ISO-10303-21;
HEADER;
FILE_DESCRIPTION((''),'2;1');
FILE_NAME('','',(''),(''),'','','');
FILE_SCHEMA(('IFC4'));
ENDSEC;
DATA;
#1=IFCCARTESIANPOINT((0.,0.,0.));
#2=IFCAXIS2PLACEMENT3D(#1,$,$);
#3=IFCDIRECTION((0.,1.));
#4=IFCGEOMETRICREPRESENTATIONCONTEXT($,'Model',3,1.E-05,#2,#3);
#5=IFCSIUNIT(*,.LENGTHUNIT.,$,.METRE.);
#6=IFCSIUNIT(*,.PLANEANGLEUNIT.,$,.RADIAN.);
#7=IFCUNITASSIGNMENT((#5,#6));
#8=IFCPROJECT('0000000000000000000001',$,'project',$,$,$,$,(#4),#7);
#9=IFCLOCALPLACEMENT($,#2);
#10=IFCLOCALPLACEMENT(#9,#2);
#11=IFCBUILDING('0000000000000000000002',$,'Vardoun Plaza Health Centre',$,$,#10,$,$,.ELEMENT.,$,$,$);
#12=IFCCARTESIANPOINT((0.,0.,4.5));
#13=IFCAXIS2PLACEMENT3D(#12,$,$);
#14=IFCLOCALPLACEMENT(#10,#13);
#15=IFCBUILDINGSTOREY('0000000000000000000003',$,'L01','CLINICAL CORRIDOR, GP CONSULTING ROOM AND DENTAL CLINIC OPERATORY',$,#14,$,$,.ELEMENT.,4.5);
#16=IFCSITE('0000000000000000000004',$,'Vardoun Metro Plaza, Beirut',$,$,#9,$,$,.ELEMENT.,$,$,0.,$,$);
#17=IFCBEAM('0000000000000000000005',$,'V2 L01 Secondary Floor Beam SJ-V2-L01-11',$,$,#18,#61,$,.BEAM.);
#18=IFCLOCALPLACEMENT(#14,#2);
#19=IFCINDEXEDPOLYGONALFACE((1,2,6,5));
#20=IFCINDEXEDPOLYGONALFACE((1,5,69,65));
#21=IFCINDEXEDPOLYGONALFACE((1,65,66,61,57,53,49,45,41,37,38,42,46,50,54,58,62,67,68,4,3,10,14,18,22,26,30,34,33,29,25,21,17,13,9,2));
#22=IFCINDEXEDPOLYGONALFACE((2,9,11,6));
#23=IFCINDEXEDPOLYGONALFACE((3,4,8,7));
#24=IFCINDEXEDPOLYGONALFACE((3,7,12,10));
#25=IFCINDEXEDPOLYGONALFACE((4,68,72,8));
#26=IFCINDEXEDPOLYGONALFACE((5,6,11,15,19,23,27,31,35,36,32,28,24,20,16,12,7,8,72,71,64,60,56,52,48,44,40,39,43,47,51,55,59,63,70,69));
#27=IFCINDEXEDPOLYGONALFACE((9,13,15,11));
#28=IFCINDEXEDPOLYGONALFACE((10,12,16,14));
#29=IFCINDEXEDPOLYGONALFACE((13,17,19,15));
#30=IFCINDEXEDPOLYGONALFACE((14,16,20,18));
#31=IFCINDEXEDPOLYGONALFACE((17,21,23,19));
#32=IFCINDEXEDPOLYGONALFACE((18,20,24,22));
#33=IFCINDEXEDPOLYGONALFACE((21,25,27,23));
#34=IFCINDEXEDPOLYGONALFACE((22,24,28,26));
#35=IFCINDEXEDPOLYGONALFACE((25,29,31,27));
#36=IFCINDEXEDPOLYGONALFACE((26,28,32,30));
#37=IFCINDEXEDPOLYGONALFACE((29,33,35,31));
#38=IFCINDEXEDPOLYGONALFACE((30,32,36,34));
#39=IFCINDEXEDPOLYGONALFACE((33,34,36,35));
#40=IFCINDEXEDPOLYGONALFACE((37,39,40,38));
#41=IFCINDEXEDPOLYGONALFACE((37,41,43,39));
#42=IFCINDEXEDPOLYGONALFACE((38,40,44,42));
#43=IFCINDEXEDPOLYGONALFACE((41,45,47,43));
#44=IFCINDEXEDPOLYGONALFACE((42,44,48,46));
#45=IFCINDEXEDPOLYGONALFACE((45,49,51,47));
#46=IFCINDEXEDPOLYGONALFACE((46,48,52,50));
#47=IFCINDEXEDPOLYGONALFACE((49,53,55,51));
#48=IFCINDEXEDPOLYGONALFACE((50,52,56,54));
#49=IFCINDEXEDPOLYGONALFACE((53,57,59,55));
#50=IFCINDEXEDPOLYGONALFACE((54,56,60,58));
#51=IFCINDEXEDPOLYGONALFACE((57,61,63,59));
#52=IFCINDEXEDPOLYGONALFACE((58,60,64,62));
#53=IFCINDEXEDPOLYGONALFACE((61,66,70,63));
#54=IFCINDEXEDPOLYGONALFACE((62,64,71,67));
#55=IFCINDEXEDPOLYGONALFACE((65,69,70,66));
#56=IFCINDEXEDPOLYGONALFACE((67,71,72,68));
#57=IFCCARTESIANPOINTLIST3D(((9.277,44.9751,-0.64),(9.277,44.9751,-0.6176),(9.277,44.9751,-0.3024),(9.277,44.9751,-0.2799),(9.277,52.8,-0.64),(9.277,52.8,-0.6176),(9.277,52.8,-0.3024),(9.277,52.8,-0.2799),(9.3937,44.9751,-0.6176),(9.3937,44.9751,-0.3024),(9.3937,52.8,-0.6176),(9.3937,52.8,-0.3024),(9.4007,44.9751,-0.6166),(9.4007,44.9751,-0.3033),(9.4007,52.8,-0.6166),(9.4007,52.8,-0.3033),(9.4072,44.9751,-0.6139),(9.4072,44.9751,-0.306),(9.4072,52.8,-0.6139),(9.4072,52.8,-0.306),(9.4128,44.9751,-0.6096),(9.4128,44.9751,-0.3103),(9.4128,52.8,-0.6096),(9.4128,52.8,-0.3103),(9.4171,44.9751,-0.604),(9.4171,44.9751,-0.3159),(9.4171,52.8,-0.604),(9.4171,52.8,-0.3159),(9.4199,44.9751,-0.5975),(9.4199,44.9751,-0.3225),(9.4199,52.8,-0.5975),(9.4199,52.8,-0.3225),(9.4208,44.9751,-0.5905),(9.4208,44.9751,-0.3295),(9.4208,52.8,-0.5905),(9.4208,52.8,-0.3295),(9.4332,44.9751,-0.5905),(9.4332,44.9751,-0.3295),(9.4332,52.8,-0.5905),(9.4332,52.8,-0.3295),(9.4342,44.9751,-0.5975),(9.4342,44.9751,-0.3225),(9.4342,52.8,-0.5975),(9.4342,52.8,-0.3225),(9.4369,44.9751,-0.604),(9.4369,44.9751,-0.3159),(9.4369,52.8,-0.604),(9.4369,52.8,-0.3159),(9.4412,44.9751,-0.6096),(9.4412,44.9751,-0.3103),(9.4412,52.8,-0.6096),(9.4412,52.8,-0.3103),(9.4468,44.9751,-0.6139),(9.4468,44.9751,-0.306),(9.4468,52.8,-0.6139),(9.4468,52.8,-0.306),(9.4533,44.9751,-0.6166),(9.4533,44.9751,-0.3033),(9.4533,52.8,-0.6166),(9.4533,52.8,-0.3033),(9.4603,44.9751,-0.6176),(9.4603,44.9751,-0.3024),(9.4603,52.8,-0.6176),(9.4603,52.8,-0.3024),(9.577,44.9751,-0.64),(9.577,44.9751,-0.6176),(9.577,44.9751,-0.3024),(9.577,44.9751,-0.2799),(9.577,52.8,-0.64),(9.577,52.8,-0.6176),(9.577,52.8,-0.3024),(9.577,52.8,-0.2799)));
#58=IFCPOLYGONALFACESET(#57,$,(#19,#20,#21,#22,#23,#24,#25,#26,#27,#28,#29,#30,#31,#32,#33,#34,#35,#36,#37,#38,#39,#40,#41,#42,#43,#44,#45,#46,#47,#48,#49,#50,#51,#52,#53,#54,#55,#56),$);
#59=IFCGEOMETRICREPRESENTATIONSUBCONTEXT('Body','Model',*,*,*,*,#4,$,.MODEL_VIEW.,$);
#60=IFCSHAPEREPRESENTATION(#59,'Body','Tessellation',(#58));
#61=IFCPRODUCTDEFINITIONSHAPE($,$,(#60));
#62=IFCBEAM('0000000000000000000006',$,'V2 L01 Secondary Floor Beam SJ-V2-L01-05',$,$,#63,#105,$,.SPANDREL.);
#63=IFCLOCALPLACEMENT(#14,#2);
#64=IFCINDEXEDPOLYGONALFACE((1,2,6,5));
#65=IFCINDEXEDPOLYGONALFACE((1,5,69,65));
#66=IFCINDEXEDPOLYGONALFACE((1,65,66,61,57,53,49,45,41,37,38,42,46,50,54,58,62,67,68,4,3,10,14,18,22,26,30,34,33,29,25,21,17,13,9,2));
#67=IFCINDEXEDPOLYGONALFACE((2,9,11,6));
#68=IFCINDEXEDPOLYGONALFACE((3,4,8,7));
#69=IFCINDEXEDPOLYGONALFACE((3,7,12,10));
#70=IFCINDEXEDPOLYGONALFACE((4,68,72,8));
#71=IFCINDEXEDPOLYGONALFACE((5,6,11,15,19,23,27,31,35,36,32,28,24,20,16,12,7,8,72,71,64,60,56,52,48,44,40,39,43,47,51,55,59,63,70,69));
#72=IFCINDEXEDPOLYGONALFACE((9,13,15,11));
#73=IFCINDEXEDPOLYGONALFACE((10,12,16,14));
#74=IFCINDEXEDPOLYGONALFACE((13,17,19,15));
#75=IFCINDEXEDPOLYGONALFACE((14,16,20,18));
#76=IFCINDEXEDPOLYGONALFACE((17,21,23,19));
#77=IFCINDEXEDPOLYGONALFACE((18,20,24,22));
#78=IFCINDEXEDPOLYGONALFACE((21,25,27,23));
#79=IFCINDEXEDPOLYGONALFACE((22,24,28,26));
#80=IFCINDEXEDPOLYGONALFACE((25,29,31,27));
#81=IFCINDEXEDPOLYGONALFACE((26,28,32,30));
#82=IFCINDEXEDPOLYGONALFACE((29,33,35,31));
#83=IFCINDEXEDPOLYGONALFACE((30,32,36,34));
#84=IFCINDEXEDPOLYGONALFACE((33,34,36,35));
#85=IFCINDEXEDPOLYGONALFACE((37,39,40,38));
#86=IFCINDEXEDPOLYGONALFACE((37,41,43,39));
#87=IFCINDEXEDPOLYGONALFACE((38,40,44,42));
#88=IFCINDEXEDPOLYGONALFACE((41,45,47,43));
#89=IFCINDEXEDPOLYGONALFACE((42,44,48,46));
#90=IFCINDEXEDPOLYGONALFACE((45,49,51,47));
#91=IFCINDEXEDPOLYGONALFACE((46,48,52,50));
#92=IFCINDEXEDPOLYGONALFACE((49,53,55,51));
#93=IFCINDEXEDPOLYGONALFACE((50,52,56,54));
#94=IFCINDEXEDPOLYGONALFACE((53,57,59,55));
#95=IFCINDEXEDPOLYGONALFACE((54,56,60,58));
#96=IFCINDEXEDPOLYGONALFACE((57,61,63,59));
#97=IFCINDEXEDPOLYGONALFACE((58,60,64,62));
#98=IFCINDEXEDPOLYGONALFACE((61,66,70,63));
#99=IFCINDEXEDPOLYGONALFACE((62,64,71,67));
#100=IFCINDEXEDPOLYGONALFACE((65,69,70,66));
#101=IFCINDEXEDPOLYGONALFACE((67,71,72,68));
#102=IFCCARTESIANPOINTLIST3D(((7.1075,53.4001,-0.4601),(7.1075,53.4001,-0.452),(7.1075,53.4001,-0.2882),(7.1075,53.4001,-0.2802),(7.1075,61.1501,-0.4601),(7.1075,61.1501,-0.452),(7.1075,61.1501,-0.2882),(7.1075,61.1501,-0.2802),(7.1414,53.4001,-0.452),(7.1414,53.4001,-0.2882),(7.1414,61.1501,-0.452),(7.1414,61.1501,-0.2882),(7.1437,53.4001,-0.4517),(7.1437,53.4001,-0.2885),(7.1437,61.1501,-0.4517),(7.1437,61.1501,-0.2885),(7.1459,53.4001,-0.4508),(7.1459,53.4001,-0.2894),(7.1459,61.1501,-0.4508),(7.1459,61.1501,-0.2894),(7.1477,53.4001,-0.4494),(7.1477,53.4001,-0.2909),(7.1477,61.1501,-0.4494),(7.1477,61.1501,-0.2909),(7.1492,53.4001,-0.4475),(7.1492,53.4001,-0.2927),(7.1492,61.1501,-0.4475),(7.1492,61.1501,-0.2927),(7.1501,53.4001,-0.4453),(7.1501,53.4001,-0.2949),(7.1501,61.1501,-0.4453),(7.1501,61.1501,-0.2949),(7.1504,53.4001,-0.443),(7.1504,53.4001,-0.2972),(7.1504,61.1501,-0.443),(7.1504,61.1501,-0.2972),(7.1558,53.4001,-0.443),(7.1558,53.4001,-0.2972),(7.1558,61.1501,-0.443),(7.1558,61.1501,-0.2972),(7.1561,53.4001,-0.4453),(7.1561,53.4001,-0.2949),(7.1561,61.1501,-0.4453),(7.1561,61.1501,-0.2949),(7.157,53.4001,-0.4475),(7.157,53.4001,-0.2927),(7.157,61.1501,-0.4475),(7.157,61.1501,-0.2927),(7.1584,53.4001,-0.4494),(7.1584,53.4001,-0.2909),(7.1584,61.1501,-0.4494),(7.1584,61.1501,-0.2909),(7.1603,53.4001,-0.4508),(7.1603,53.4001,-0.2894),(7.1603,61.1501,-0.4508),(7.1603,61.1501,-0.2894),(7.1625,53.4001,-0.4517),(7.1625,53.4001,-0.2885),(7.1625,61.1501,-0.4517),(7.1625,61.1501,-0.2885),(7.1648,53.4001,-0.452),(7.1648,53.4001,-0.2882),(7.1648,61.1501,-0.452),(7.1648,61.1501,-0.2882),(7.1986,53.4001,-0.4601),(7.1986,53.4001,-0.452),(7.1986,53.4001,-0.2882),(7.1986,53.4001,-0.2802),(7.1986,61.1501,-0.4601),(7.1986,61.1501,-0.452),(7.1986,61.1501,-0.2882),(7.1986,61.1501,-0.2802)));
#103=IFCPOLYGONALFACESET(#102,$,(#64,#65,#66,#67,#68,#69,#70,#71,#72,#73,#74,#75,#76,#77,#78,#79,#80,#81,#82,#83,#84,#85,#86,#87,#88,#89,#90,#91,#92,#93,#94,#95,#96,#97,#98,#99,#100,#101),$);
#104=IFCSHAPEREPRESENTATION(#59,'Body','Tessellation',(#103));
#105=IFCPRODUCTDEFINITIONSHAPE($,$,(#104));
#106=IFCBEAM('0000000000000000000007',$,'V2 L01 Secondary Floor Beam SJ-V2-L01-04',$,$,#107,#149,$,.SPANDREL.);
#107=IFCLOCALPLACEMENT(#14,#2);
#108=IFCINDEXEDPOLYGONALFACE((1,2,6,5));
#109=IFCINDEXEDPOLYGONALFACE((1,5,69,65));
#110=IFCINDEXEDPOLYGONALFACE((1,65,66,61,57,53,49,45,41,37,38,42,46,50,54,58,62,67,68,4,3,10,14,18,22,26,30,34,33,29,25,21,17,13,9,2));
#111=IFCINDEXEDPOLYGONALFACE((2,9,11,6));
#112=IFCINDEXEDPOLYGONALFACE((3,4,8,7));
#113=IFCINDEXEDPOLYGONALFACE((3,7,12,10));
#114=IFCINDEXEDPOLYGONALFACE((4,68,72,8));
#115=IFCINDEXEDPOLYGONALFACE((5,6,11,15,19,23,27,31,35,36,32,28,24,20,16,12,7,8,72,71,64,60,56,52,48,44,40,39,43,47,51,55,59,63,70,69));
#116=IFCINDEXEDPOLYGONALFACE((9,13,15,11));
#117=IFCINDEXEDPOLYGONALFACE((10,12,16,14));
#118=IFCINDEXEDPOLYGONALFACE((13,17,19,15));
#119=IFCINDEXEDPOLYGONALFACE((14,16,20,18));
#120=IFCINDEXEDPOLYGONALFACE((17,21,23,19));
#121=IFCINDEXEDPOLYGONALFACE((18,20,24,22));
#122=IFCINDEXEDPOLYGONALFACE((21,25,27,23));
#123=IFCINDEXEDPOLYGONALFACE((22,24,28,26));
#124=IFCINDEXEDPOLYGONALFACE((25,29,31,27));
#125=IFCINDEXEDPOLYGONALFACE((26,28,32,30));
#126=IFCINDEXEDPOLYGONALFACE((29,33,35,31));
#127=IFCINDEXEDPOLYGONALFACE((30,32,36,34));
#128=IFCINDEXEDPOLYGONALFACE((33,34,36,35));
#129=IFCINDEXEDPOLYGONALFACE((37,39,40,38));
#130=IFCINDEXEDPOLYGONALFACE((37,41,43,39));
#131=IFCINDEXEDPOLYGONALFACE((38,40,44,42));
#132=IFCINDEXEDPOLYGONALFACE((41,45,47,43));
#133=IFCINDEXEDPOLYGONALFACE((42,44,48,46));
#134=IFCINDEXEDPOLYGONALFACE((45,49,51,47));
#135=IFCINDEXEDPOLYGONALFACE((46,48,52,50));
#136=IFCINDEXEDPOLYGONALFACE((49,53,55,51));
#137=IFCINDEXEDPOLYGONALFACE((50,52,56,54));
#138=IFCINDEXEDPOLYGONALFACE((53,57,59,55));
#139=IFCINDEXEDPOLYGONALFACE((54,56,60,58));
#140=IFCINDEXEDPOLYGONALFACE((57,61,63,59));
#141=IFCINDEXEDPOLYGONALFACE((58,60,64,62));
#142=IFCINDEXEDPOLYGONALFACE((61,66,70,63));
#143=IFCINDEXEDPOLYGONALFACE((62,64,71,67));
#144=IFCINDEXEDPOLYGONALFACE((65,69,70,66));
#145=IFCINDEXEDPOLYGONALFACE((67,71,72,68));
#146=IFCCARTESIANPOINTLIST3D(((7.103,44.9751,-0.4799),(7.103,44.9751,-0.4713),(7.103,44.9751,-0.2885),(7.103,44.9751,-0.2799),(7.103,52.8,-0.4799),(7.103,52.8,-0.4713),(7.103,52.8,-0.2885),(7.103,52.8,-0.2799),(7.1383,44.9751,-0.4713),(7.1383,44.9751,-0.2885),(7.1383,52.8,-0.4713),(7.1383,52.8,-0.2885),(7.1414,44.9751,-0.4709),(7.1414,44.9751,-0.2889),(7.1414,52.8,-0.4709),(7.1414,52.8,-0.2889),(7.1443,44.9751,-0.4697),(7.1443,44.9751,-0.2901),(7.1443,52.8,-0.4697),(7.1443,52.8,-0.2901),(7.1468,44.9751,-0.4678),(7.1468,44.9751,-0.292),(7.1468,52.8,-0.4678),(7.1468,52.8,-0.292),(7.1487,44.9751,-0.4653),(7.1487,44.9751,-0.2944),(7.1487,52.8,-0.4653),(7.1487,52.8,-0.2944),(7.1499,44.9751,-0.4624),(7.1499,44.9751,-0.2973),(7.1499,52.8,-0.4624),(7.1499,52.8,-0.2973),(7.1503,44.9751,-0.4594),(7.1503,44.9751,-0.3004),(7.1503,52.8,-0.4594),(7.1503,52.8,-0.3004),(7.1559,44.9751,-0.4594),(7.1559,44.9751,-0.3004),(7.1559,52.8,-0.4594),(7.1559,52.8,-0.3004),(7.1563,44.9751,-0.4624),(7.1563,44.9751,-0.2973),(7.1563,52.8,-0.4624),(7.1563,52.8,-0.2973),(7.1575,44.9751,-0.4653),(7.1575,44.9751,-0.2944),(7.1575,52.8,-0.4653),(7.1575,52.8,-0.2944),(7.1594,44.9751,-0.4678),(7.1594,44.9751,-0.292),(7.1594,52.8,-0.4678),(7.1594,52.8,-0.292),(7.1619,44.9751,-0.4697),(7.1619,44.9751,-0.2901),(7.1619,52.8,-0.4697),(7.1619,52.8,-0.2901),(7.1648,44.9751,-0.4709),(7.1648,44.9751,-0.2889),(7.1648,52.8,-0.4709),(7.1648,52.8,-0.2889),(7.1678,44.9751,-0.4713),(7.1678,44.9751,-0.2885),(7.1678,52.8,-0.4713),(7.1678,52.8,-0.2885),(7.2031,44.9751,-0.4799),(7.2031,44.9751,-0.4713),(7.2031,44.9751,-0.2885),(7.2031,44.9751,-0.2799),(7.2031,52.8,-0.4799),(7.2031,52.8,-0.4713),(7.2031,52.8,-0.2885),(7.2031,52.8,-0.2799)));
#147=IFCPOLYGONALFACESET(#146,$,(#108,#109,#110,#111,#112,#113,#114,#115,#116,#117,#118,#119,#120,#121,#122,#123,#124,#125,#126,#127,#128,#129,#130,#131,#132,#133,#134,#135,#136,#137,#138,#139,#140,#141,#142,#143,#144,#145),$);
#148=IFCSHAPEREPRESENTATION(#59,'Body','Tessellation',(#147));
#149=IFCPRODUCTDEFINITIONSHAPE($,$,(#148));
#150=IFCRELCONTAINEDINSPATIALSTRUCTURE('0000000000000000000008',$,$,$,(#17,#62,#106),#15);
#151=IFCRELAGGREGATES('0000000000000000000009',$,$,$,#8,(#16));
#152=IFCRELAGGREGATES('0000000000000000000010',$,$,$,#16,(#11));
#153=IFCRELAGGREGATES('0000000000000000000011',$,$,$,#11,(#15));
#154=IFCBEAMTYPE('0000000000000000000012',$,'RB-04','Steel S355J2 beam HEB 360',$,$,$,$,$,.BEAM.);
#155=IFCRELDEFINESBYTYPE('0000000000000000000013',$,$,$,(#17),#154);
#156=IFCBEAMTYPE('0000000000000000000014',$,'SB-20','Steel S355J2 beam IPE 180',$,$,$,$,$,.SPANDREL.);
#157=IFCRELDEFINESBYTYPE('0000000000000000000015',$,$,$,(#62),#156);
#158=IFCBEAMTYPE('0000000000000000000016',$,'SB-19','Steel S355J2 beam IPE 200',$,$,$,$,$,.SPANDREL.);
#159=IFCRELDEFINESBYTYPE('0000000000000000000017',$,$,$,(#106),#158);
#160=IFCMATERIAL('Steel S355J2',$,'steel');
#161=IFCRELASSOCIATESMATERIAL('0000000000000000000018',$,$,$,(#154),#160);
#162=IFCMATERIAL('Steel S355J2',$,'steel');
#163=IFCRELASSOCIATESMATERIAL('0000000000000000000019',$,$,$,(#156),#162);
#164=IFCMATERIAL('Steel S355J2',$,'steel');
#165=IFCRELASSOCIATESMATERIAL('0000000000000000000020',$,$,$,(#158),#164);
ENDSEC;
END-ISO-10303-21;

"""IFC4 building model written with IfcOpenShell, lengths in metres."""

from ifc_helpers import new_model, si_unit, direction, frame, origin, origin_2d, place, context, subcontext, project, spatial, i_section, extrude, material, material_profile, profile_set, type_object, element, save


model = new_model("IFC4")

# Units and contexts
model_context = context("Model", 3, precision=1e-05, world=origin(), true_north=direction((0.0, 1.0)))
body_context = subcontext(model_context, "Body", "Model", "MODEL_VIEW")
ifc_project = project(units=[si_unit("LENGTHUNIT", "METRE"), si_unit("PLANEANGLEUNIT", "RADIAN")], contexts=[model_context])

# Site, building, storey
site_placement = place(None, origin())
site = spatial("IfcSite", under=ifc_project, at=site_placement, Name="Vardoun Metro Plaza, Beirut", CompositionType="ELEMENT", RefElevation=0.0)
building_placement = place(site_placement, origin())
building = spatial("IfcBuilding", under=site, at=building_placement, Name="Vardoun Plaza Health Centre", CompositionType="ELEMENT")
storey_placement = place(building_placement, frame((0.0, 0.0, 4.5)))
storey = spatial("IfcBuildingStorey", under=building, at=storey_placement, Name="L01", Description="CLINICAL CORRIDOR, GP CONSULTING ROOM AND DENTAL CLINIC OPERATORY", CompositionType="ELEMENT", Elevation=4.5)

# Beams
ifc_material_1 = material(Name="Steel S355J2", Category="steel")
ifc_material_profile_1 = material_profile(ifc_material_1, i_section(OverallWidth=0.3, OverallDepth=0.3601, WebThickness=0.0125, FlangeThickness=0.0225, FilletRadius=0.0271, at=origin_2d()), Name="HEB 360")
ifc_profile_set_1 = profile_set([ifc_material_profile_1], Name="Steel S355J2")
beam_type_1 = type_object("IfcBeamType", Name="RB-04", Description="Steel S355J2 beam HEB 360", PredefinedType="BEAM", material=ifc_profile_set_1)
beam_1_placement = place(storey_placement, frame((9.427, 44.9751, -0.46), z_axis=(0.0, 1.0, 0.0), x_axis=(-1.0, 0.0, 0.0)))
element("IfcBeam", 1, at=beam_1_placement, inside=storey, type_object=beam_type_1, Name="V2 L01 Secondary Floor Beam SJ-V2-L01-11", PredefinedType="BEAM", context=body_context, shape_type="SweptSolid", body=[
    extrude(i_section(OverallWidth=0.3, OverallDepth=0.3601, WebThickness=0.0125, FlangeThickness=0.0225, FilletRadius=0.0271, at=origin_2d()), origin(), (0.0, 0.0, 1.0), 7.825),
])
ifc_material_2 = material(Name="Steel S355J2", Category="steel")
ifc_material_profile_2 = material_profile(ifc_material_2, i_section(OverallWidth=0.0911, OverallDepth=0.1799, WebThickness=0.0054, FlangeThickness=0.0081, FilletRadius=0.009, at=origin_2d()), Name="IPE 180")
ifc_profile_set_2 = profile_set([ifc_material_profile_2], Name="Steel S355J2")
beam_type_2 = type_object("IfcBeamType", Name="SB-20", Description="Steel S355J2 beam IPE 180", PredefinedType="SPANDREL", material=ifc_profile_set_2)
beam_2_placement = place(storey_placement, frame((7.1531, 53.4001, -0.3701), z_axis=(0.0, 1.0, 0.0), x_axis=(-1.0, 0.0, 0.0)))
element("IfcBeam", 2, at=beam_2_placement, inside=storey, type_object=beam_type_2, Name="V2 L01 Secondary Floor Beam SJ-V2-L01-05", PredefinedType="SPANDREL", context=body_context, shape_type="SweptSolid", body=[
    extrude(i_section(OverallWidth=0.0911, OverallDepth=0.1799, WebThickness=0.0054, FlangeThickness=0.0081, FilletRadius=0.009, at=origin_2d()), origin(), (0.0, 0.0, 1.0), 7.75),
])
ifc_material_3 = material(Name="Steel S355J2", Category="steel")
ifc_material_profile_3 = material_profile(ifc_material_3, i_section(OverallWidth=0.1001, OverallDepth=0.2, WebThickness=0.0056, FlangeThickness=0.0085, FilletRadius=0.012, at=origin_2d()), Name="IPE 200")
ifc_profile_set_3 = profile_set([ifc_material_profile_3], Name="Steel S355J2")
beam_type_3 = type_object("IfcBeamType", Name="SB-19", Description="Steel S355J2 beam IPE 200", PredefinedType="SPANDREL", material=ifc_profile_set_3)
beam_3_placement = place(storey_placement, frame((7.1531, 44.9751, -0.3799), z_axis=(0.0, 1.0, 0.0), x_axis=(-1.0, 0.0, 0.0)))
element("IfcBeam", 3, at=beam_3_placement, inside=storey, type_object=beam_type_3, Name="V2 L01 Secondary Floor Beam SJ-V2-L01-04", PredefinedType="SPANDREL", context=body_context, shape_type="SweptSolid", body=[
    extrude(i_section(OverallWidth=0.1001, OverallDepth=0.2, WebThickness=0.0056, FlangeThickness=0.0085, FilletRadius=0.012, at=origin_2d()), origin(), (0.0, 0.0, 1.0), 7.825),
])

save(model, "model.ifc")
